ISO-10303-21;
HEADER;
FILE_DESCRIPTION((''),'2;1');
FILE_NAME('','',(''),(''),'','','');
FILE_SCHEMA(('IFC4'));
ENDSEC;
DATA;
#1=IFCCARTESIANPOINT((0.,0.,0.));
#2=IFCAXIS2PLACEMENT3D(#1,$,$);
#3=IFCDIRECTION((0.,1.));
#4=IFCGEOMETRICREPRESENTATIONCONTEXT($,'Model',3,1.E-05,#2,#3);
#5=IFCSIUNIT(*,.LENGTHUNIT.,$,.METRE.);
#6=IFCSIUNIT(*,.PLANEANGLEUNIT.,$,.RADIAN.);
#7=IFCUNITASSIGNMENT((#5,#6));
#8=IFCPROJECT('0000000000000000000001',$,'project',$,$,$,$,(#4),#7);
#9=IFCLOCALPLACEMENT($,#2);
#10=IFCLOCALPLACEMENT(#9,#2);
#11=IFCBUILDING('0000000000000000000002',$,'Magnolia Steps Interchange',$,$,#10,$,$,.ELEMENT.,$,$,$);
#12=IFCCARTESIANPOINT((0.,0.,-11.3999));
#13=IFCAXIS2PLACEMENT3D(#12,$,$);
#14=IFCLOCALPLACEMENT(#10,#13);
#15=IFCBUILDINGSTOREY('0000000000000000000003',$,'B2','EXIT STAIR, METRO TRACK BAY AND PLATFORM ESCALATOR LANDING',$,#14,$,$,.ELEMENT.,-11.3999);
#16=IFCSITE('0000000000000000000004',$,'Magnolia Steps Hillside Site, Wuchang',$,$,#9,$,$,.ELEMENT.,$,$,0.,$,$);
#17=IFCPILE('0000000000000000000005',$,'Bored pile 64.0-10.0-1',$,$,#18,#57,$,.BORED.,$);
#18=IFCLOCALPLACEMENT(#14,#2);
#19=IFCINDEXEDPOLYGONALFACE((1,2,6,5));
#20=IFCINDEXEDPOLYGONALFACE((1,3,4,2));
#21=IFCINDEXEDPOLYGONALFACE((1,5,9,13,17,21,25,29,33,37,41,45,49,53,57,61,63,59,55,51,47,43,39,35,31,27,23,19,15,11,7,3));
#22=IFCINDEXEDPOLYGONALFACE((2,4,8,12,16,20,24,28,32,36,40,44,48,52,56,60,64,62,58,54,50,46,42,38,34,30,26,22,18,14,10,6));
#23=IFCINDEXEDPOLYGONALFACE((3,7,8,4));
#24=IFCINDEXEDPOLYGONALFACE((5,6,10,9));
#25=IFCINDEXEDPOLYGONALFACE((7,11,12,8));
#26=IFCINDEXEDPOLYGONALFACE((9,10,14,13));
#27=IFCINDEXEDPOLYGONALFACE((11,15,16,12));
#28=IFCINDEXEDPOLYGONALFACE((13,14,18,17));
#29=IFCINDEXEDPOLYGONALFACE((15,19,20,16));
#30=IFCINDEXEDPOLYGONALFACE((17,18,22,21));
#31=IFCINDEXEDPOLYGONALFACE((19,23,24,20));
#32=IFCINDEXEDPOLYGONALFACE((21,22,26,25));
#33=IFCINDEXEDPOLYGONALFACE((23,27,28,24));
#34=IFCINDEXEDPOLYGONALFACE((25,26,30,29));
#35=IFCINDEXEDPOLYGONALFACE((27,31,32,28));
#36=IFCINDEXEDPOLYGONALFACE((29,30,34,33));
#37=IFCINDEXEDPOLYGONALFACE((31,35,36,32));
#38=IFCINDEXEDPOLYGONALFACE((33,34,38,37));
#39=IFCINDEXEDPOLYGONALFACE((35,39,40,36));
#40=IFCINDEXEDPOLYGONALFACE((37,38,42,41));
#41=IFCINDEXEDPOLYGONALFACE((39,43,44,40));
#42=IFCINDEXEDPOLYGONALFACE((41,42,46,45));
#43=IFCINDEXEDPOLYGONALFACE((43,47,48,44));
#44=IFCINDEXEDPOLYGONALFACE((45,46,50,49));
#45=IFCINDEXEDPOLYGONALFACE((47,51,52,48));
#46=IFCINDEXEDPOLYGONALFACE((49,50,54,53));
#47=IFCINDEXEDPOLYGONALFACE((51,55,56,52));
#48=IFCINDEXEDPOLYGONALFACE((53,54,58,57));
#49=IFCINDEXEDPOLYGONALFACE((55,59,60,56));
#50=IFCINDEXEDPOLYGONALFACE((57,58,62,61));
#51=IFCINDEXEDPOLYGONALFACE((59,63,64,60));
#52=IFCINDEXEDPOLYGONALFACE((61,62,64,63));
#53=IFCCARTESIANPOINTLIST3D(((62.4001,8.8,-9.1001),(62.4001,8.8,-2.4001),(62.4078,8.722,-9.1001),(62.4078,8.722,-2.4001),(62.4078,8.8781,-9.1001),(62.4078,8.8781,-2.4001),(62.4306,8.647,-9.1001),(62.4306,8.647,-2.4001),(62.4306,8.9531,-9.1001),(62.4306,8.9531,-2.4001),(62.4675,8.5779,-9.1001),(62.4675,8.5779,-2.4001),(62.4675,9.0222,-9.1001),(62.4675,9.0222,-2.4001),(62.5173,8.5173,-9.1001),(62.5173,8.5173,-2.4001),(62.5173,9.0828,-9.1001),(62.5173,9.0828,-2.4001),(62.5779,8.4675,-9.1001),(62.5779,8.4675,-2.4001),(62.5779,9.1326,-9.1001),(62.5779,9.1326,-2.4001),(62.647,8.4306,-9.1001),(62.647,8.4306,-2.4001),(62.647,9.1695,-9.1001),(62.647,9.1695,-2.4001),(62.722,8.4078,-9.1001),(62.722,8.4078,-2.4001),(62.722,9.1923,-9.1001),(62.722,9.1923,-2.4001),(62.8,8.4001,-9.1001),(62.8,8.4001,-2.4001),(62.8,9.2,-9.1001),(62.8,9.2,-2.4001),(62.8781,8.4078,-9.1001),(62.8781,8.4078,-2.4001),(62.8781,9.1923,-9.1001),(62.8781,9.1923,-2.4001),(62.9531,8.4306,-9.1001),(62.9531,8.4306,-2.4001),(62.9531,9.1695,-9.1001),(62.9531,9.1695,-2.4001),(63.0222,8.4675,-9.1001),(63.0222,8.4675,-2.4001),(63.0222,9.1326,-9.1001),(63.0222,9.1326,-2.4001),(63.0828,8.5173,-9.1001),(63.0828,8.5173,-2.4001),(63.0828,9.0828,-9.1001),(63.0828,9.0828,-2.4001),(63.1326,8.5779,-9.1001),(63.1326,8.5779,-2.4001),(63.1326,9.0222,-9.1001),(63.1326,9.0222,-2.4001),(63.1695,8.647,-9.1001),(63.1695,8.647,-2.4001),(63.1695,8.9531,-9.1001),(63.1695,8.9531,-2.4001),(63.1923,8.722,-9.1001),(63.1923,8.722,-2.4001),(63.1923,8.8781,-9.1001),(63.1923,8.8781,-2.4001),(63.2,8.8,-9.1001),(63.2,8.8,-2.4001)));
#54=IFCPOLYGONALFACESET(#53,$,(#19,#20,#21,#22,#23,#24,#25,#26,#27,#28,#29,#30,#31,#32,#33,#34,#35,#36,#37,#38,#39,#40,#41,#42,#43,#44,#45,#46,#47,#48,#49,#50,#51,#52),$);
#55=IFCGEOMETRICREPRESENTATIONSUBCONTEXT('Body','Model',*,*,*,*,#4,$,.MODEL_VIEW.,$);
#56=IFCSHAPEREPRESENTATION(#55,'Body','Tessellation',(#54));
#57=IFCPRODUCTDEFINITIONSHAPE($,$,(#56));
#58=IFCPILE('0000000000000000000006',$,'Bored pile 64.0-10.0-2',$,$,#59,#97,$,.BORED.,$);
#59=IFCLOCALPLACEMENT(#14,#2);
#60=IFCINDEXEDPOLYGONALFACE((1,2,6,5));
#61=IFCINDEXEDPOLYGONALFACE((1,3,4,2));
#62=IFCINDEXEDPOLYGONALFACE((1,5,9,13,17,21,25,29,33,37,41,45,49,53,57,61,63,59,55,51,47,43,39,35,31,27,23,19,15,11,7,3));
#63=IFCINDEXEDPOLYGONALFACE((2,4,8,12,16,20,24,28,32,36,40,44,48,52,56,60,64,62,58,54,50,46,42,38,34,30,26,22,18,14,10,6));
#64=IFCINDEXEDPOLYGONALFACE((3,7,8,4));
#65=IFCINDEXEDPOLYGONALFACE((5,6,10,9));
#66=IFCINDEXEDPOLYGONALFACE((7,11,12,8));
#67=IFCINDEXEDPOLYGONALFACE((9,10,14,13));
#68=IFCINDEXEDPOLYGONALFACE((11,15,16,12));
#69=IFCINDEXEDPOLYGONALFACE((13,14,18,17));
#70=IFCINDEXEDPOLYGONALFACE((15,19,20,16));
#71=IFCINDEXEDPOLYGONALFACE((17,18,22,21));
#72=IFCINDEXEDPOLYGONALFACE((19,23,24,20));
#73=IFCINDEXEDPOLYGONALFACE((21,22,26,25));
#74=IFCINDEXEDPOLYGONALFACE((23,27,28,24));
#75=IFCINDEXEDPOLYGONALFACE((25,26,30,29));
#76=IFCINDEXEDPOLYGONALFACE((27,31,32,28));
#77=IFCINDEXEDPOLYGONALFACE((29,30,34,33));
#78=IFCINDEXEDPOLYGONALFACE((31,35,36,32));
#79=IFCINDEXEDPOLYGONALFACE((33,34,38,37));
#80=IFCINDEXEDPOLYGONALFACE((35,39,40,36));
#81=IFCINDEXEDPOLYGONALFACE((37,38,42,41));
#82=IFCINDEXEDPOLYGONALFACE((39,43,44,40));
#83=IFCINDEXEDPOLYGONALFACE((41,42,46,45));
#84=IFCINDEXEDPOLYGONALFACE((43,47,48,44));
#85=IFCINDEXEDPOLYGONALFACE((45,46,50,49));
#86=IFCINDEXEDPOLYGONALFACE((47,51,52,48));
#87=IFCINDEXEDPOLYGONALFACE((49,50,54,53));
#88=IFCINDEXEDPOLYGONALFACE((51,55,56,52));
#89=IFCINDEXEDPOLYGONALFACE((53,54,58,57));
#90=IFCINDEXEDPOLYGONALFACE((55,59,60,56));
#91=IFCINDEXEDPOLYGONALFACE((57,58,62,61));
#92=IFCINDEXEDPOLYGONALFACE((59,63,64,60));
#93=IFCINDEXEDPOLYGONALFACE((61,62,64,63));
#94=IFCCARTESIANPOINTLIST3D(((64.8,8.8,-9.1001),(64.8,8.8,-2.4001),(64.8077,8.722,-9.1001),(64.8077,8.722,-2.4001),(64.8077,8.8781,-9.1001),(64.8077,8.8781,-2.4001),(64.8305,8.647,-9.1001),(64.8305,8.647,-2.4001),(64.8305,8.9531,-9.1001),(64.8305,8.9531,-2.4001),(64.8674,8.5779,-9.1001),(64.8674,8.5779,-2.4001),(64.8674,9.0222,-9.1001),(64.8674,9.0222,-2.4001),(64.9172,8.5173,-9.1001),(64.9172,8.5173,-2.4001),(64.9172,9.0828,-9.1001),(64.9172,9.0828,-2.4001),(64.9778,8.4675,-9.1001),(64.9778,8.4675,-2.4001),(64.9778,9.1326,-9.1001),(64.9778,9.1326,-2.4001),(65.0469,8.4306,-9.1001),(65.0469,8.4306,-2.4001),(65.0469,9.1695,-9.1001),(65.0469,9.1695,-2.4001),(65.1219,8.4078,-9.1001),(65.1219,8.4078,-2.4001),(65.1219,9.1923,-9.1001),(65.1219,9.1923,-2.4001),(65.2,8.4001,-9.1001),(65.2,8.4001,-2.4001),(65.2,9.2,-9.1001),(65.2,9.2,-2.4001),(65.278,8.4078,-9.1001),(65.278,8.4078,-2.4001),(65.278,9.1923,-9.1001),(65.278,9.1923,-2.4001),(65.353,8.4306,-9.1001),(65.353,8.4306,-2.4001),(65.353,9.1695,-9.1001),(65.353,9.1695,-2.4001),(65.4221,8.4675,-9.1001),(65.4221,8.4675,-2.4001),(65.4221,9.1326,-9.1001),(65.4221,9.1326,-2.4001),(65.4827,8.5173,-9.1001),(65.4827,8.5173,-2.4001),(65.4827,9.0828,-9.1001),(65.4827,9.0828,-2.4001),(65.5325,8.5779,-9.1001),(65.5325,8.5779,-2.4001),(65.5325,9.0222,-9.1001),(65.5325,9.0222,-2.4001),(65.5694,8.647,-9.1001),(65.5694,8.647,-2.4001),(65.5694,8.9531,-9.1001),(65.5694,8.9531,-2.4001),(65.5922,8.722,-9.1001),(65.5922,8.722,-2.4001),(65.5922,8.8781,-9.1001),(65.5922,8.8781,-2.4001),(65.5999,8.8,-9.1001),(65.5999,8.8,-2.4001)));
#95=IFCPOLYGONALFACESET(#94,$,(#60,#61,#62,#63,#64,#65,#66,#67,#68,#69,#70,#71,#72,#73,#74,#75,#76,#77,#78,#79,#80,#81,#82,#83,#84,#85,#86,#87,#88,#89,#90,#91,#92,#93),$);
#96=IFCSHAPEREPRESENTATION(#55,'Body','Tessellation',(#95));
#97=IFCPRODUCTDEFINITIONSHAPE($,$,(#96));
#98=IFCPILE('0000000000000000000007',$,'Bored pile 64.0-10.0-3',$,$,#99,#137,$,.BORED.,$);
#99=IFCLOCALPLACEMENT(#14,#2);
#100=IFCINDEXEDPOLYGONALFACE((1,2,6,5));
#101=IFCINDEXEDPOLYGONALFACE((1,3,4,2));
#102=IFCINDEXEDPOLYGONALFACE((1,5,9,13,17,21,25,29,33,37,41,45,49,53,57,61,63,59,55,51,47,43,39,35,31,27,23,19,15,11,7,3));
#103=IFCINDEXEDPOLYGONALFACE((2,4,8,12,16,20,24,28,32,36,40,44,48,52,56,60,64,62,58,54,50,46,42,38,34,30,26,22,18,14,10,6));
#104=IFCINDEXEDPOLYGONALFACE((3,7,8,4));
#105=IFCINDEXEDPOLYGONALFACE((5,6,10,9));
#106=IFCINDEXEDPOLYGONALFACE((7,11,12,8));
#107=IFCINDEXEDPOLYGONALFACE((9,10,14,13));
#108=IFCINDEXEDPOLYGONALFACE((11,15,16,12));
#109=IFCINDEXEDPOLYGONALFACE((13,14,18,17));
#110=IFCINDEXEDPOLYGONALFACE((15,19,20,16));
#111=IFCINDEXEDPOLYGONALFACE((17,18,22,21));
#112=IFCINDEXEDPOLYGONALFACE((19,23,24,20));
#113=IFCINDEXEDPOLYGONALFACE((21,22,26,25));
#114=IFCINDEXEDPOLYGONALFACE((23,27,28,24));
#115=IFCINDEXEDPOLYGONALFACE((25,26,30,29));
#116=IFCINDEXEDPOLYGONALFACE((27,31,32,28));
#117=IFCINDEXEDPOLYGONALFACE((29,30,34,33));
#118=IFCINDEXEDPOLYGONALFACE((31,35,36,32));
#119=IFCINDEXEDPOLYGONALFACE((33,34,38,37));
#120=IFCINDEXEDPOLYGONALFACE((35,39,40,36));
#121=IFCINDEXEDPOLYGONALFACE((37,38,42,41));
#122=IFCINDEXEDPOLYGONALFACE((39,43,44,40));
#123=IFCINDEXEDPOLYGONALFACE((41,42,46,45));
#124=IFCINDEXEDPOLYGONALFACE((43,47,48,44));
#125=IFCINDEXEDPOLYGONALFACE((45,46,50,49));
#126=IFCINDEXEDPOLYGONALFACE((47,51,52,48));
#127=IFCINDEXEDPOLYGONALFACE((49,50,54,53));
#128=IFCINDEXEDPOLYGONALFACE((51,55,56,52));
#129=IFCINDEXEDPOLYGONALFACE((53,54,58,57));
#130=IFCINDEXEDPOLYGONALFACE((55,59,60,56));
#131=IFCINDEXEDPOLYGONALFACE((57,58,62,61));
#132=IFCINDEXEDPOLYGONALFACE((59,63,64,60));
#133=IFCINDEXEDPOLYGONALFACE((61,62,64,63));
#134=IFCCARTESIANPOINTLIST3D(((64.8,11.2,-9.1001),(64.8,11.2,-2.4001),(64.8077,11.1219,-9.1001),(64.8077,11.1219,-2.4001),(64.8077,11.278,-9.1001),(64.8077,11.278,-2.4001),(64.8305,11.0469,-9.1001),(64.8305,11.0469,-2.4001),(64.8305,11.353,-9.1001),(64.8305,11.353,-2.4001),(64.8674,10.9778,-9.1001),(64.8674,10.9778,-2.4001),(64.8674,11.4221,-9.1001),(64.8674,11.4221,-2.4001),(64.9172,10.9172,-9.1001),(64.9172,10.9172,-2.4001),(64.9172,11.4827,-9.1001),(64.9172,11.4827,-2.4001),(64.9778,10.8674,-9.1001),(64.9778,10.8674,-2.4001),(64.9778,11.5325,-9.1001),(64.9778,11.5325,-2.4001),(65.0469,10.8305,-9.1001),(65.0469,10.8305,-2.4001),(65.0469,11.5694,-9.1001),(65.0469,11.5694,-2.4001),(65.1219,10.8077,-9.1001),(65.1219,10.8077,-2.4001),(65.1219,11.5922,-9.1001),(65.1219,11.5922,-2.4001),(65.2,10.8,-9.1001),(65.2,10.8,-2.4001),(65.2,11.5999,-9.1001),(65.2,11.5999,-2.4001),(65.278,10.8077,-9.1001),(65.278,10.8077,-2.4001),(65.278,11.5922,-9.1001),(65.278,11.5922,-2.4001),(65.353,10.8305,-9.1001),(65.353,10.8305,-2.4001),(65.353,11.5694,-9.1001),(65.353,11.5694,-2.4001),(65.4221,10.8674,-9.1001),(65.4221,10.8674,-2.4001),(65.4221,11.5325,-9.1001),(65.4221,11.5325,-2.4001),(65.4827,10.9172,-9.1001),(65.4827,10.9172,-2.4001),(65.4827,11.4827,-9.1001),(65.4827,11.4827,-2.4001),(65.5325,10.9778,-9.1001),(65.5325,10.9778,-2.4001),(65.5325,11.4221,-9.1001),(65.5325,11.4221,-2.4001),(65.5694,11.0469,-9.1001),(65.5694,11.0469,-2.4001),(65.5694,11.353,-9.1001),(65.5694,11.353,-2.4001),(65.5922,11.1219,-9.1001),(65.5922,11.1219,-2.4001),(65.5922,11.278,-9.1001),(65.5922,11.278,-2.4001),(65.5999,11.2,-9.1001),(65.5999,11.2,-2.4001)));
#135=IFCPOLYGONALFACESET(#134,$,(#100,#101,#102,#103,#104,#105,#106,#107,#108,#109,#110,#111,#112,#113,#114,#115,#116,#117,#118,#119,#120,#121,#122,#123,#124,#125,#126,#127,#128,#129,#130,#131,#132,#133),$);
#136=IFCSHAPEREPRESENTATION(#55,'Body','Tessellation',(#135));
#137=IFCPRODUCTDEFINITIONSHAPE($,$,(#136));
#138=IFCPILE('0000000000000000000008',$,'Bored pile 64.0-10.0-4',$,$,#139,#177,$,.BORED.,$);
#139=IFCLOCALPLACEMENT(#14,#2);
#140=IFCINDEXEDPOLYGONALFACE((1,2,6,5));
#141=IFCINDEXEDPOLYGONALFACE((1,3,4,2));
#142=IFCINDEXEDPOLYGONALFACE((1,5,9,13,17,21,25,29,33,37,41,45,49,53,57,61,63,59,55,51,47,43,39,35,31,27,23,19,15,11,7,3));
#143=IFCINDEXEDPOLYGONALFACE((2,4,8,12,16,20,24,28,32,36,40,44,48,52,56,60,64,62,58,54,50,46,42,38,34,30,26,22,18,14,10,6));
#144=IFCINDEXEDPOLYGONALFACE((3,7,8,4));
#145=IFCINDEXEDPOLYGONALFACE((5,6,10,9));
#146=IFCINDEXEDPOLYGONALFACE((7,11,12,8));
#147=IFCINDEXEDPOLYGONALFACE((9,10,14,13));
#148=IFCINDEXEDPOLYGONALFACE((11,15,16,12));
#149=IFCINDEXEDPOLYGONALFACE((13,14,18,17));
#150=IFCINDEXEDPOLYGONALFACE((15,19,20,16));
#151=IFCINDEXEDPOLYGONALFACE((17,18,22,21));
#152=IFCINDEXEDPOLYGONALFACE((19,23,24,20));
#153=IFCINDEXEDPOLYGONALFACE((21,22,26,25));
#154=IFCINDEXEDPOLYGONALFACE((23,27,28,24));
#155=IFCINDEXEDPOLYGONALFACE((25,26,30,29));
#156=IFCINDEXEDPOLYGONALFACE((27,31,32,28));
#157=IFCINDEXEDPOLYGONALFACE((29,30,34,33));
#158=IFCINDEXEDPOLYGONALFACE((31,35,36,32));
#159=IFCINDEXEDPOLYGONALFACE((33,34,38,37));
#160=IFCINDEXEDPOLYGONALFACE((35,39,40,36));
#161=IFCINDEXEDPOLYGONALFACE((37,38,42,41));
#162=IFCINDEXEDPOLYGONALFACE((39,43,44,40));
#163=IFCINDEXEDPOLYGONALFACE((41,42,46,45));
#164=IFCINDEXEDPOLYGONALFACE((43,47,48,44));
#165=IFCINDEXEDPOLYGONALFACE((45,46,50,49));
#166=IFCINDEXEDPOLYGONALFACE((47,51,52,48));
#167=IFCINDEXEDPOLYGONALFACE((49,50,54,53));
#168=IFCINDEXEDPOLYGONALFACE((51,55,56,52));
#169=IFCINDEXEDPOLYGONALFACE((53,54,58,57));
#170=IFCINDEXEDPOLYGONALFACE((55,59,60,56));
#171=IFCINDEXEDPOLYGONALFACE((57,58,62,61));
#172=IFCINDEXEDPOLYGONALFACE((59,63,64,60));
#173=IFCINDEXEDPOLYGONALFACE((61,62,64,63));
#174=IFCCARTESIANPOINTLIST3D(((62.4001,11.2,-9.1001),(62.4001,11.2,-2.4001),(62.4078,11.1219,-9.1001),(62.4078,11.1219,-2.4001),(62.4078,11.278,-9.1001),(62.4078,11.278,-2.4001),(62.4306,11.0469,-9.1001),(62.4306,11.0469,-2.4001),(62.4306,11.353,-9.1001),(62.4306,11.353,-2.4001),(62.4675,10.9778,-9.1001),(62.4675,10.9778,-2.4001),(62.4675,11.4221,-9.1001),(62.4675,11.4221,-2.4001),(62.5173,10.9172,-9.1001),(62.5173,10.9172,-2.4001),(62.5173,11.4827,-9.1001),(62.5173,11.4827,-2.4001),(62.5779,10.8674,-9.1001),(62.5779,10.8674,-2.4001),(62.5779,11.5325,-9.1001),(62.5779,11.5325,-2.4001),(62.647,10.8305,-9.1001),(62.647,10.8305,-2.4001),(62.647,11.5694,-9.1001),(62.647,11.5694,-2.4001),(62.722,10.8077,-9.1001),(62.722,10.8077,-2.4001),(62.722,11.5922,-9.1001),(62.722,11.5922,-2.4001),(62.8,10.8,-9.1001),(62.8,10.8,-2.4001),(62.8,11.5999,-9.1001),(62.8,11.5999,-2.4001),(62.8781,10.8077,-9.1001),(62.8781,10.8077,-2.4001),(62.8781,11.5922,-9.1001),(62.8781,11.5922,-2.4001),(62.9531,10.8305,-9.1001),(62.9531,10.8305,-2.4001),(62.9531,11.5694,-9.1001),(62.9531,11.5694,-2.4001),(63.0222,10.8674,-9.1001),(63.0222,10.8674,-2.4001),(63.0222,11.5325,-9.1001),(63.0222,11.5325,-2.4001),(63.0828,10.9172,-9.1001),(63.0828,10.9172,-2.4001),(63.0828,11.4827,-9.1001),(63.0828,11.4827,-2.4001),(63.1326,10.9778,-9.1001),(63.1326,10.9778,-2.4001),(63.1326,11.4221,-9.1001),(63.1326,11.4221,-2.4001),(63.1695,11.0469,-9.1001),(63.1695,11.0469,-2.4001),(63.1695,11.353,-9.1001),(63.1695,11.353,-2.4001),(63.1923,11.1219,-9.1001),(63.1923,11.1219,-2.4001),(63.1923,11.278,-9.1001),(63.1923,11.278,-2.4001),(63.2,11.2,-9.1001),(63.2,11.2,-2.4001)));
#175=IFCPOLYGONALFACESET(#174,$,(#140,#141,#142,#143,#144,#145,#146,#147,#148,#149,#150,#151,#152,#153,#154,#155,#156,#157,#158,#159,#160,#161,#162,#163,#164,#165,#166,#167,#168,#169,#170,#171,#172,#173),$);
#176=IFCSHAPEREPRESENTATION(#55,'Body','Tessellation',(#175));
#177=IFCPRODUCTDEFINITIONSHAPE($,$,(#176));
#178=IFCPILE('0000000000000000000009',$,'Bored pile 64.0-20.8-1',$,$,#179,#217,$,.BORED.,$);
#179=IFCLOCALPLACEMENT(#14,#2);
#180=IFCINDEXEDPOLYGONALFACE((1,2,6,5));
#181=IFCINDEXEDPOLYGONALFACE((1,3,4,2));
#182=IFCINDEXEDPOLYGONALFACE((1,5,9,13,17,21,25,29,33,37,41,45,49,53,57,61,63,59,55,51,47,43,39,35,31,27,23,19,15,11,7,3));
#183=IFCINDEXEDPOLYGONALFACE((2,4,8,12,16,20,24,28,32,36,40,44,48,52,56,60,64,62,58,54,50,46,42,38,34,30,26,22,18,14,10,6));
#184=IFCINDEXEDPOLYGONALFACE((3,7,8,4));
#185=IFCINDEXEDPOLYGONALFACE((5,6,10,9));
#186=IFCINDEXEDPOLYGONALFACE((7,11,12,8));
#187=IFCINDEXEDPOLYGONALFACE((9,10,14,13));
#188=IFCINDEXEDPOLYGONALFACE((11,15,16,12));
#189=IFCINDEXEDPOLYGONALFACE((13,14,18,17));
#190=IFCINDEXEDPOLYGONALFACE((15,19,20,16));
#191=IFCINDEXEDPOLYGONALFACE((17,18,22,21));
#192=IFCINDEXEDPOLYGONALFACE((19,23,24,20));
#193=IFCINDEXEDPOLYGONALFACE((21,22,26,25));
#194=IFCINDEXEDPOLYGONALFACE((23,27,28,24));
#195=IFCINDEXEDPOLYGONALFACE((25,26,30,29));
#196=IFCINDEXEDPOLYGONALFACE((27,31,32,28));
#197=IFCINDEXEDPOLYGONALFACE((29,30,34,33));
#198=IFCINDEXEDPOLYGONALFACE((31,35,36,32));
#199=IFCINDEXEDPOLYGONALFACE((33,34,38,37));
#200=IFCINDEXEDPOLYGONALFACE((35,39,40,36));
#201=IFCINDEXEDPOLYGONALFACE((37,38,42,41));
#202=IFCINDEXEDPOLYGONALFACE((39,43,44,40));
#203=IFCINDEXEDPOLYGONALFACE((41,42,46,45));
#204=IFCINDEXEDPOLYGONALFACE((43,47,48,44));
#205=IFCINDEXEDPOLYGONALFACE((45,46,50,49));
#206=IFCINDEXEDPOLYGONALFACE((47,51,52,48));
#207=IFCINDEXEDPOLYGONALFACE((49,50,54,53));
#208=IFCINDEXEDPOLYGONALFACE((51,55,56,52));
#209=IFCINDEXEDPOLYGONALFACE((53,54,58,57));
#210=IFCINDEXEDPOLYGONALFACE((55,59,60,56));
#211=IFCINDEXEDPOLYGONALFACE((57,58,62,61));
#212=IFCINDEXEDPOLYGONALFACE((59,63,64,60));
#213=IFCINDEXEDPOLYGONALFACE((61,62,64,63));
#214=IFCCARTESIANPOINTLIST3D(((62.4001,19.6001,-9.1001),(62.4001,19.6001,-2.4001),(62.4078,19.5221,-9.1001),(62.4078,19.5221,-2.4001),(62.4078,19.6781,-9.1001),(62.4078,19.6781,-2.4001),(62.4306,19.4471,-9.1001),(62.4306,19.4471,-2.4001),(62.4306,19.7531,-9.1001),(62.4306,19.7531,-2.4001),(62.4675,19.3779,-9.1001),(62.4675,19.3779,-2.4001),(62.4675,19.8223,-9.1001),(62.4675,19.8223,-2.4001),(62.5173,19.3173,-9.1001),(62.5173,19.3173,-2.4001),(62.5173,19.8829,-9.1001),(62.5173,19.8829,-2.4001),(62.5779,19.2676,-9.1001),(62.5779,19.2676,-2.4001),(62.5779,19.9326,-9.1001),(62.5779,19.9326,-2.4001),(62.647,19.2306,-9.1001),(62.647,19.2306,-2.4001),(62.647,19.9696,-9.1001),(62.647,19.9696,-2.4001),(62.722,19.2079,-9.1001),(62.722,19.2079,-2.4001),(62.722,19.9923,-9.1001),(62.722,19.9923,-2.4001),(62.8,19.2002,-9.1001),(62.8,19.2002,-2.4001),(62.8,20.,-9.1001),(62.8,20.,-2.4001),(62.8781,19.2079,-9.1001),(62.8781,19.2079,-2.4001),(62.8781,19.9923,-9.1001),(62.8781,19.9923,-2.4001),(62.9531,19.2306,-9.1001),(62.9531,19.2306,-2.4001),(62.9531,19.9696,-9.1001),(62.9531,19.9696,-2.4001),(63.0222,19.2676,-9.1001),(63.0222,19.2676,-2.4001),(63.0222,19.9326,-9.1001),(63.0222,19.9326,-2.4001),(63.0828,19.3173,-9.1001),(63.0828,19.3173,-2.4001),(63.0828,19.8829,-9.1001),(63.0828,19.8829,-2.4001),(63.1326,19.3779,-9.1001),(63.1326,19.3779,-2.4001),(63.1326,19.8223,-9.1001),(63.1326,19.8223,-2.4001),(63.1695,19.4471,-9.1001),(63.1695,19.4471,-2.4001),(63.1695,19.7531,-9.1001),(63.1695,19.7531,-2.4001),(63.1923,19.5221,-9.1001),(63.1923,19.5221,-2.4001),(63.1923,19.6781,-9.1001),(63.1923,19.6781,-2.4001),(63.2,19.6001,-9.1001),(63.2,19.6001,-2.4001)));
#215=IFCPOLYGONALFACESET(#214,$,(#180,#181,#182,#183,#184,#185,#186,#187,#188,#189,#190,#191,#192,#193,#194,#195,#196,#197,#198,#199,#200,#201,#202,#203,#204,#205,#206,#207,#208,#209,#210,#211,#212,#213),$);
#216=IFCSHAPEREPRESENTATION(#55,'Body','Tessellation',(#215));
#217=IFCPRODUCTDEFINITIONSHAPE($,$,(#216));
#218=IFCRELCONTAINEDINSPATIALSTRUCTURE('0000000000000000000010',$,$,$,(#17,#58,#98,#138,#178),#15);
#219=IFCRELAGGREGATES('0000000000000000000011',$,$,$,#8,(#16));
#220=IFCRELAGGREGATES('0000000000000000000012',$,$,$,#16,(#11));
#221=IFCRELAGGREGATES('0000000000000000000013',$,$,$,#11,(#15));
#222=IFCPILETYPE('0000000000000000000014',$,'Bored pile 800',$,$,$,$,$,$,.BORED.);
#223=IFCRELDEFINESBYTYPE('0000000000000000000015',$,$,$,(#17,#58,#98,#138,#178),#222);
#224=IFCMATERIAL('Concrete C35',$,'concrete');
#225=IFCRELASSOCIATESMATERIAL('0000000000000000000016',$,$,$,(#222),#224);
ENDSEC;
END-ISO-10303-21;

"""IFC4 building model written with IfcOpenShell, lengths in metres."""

from ifc_helpers import new_model, si_unit, direction, frame, origin, origin_2d, place, context, subcontext, project, spatial, circle, extrude, material, material_profile, profile_set, type_object, element, save


model = new_model("IFC4")

# Units and contexts
model_context = context("Model", 3, precision=1e-05, world=origin(), true_north=direction((0.0, 1.0)))
body_context = subcontext(model_context, "Body", "Model", "MODEL_VIEW")
ifc_project = project(units=[si_unit("LENGTHUNIT", "METRE"), si_unit("PLANEANGLEUNIT", "RADIAN")], contexts=[model_context])

# Site, building, storey
site_placement = place(None, origin())
site = spatial("IfcSite", under=ifc_project, at=site_placement, Name="Magnolia Steps Hillside Site, Wuchang", CompositionType="ELEMENT", RefElevation=0.0)
building_placement = place(site_placement, origin())
building = spatial("IfcBuilding", under=site, at=building_placement, Name="Magnolia Steps Interchange", CompositionType="ELEMENT")
storey_placement = place(building_placement, frame((0.0, 0.0, -11.3999)))
storey = spatial("IfcBuildingStorey", under=building, at=storey_placement, Name="B2", Description="EXIT STAIR, METRO TRACK BAY AND PLATFORM ESCALATOR LANDING", CompositionType="ELEMENT", Elevation=-11.3999)

# Piles
ifc_material_1 = material(Name="Concrete C35", Category="concrete")
ifc_material_profile_1 = material_profile(ifc_material_1, circle(Radius=0.3999, at=origin_2d()), Name="Bored pile 800")
ifc_profile_set_1 = profile_set([ifc_material_profile_1], Name="Concrete C35")
pile_type = type_object("IfcPileType", Name="Bored pile 800", PredefinedType="BORED", material=ifc_profile_set_1)
for number, where, z_axis, x_axis, name in (
    (1, (62.8, 8.8, -2.4001), (0.0, 0.0, -1.0), (1.0, 0.0, 0.0), "Bored pile 64.0-10.0-1"),
    (2, (65.2, 8.8, -2.4001), (0.0, 0.0, -1.0), (1.0, 0.0, 0.0), "Bored pile 64.0-10.0-2"),
    (3, (65.2, 11.2, -2.4001), (0.0, 0.0, -1.0), (1.0, 0.0, 0.0), "Bored pile 64.0-10.0-3"),
    (4, (62.8, 11.2, -2.4001), (0.0, 0.0, -1.0), (1.0, 0.0, 0.0), "Bored pile 64.0-10.0-4"),
    (5, (62.8, 19.6001, -2.4001), (0.0, 0.0, -1.0), (1.0, 0.0, 0.0), "Bored pile 64.0-20.8-1"),
):
    element("IfcPile", number, at=place(storey_placement, frame(where, z_axis=z_axis, x_axis=x_axis)), inside=storey, type_object=pile_type, Name=name, PredefinedType="BORED", context=body_context, shape_type="SweptSolid", body=[
        extrude(circle(Radius=0.3999, at=origin_2d()), origin(), (0.0, 0.0, 1.0), 6.7),
    ])

save(model, "model.ifc")
